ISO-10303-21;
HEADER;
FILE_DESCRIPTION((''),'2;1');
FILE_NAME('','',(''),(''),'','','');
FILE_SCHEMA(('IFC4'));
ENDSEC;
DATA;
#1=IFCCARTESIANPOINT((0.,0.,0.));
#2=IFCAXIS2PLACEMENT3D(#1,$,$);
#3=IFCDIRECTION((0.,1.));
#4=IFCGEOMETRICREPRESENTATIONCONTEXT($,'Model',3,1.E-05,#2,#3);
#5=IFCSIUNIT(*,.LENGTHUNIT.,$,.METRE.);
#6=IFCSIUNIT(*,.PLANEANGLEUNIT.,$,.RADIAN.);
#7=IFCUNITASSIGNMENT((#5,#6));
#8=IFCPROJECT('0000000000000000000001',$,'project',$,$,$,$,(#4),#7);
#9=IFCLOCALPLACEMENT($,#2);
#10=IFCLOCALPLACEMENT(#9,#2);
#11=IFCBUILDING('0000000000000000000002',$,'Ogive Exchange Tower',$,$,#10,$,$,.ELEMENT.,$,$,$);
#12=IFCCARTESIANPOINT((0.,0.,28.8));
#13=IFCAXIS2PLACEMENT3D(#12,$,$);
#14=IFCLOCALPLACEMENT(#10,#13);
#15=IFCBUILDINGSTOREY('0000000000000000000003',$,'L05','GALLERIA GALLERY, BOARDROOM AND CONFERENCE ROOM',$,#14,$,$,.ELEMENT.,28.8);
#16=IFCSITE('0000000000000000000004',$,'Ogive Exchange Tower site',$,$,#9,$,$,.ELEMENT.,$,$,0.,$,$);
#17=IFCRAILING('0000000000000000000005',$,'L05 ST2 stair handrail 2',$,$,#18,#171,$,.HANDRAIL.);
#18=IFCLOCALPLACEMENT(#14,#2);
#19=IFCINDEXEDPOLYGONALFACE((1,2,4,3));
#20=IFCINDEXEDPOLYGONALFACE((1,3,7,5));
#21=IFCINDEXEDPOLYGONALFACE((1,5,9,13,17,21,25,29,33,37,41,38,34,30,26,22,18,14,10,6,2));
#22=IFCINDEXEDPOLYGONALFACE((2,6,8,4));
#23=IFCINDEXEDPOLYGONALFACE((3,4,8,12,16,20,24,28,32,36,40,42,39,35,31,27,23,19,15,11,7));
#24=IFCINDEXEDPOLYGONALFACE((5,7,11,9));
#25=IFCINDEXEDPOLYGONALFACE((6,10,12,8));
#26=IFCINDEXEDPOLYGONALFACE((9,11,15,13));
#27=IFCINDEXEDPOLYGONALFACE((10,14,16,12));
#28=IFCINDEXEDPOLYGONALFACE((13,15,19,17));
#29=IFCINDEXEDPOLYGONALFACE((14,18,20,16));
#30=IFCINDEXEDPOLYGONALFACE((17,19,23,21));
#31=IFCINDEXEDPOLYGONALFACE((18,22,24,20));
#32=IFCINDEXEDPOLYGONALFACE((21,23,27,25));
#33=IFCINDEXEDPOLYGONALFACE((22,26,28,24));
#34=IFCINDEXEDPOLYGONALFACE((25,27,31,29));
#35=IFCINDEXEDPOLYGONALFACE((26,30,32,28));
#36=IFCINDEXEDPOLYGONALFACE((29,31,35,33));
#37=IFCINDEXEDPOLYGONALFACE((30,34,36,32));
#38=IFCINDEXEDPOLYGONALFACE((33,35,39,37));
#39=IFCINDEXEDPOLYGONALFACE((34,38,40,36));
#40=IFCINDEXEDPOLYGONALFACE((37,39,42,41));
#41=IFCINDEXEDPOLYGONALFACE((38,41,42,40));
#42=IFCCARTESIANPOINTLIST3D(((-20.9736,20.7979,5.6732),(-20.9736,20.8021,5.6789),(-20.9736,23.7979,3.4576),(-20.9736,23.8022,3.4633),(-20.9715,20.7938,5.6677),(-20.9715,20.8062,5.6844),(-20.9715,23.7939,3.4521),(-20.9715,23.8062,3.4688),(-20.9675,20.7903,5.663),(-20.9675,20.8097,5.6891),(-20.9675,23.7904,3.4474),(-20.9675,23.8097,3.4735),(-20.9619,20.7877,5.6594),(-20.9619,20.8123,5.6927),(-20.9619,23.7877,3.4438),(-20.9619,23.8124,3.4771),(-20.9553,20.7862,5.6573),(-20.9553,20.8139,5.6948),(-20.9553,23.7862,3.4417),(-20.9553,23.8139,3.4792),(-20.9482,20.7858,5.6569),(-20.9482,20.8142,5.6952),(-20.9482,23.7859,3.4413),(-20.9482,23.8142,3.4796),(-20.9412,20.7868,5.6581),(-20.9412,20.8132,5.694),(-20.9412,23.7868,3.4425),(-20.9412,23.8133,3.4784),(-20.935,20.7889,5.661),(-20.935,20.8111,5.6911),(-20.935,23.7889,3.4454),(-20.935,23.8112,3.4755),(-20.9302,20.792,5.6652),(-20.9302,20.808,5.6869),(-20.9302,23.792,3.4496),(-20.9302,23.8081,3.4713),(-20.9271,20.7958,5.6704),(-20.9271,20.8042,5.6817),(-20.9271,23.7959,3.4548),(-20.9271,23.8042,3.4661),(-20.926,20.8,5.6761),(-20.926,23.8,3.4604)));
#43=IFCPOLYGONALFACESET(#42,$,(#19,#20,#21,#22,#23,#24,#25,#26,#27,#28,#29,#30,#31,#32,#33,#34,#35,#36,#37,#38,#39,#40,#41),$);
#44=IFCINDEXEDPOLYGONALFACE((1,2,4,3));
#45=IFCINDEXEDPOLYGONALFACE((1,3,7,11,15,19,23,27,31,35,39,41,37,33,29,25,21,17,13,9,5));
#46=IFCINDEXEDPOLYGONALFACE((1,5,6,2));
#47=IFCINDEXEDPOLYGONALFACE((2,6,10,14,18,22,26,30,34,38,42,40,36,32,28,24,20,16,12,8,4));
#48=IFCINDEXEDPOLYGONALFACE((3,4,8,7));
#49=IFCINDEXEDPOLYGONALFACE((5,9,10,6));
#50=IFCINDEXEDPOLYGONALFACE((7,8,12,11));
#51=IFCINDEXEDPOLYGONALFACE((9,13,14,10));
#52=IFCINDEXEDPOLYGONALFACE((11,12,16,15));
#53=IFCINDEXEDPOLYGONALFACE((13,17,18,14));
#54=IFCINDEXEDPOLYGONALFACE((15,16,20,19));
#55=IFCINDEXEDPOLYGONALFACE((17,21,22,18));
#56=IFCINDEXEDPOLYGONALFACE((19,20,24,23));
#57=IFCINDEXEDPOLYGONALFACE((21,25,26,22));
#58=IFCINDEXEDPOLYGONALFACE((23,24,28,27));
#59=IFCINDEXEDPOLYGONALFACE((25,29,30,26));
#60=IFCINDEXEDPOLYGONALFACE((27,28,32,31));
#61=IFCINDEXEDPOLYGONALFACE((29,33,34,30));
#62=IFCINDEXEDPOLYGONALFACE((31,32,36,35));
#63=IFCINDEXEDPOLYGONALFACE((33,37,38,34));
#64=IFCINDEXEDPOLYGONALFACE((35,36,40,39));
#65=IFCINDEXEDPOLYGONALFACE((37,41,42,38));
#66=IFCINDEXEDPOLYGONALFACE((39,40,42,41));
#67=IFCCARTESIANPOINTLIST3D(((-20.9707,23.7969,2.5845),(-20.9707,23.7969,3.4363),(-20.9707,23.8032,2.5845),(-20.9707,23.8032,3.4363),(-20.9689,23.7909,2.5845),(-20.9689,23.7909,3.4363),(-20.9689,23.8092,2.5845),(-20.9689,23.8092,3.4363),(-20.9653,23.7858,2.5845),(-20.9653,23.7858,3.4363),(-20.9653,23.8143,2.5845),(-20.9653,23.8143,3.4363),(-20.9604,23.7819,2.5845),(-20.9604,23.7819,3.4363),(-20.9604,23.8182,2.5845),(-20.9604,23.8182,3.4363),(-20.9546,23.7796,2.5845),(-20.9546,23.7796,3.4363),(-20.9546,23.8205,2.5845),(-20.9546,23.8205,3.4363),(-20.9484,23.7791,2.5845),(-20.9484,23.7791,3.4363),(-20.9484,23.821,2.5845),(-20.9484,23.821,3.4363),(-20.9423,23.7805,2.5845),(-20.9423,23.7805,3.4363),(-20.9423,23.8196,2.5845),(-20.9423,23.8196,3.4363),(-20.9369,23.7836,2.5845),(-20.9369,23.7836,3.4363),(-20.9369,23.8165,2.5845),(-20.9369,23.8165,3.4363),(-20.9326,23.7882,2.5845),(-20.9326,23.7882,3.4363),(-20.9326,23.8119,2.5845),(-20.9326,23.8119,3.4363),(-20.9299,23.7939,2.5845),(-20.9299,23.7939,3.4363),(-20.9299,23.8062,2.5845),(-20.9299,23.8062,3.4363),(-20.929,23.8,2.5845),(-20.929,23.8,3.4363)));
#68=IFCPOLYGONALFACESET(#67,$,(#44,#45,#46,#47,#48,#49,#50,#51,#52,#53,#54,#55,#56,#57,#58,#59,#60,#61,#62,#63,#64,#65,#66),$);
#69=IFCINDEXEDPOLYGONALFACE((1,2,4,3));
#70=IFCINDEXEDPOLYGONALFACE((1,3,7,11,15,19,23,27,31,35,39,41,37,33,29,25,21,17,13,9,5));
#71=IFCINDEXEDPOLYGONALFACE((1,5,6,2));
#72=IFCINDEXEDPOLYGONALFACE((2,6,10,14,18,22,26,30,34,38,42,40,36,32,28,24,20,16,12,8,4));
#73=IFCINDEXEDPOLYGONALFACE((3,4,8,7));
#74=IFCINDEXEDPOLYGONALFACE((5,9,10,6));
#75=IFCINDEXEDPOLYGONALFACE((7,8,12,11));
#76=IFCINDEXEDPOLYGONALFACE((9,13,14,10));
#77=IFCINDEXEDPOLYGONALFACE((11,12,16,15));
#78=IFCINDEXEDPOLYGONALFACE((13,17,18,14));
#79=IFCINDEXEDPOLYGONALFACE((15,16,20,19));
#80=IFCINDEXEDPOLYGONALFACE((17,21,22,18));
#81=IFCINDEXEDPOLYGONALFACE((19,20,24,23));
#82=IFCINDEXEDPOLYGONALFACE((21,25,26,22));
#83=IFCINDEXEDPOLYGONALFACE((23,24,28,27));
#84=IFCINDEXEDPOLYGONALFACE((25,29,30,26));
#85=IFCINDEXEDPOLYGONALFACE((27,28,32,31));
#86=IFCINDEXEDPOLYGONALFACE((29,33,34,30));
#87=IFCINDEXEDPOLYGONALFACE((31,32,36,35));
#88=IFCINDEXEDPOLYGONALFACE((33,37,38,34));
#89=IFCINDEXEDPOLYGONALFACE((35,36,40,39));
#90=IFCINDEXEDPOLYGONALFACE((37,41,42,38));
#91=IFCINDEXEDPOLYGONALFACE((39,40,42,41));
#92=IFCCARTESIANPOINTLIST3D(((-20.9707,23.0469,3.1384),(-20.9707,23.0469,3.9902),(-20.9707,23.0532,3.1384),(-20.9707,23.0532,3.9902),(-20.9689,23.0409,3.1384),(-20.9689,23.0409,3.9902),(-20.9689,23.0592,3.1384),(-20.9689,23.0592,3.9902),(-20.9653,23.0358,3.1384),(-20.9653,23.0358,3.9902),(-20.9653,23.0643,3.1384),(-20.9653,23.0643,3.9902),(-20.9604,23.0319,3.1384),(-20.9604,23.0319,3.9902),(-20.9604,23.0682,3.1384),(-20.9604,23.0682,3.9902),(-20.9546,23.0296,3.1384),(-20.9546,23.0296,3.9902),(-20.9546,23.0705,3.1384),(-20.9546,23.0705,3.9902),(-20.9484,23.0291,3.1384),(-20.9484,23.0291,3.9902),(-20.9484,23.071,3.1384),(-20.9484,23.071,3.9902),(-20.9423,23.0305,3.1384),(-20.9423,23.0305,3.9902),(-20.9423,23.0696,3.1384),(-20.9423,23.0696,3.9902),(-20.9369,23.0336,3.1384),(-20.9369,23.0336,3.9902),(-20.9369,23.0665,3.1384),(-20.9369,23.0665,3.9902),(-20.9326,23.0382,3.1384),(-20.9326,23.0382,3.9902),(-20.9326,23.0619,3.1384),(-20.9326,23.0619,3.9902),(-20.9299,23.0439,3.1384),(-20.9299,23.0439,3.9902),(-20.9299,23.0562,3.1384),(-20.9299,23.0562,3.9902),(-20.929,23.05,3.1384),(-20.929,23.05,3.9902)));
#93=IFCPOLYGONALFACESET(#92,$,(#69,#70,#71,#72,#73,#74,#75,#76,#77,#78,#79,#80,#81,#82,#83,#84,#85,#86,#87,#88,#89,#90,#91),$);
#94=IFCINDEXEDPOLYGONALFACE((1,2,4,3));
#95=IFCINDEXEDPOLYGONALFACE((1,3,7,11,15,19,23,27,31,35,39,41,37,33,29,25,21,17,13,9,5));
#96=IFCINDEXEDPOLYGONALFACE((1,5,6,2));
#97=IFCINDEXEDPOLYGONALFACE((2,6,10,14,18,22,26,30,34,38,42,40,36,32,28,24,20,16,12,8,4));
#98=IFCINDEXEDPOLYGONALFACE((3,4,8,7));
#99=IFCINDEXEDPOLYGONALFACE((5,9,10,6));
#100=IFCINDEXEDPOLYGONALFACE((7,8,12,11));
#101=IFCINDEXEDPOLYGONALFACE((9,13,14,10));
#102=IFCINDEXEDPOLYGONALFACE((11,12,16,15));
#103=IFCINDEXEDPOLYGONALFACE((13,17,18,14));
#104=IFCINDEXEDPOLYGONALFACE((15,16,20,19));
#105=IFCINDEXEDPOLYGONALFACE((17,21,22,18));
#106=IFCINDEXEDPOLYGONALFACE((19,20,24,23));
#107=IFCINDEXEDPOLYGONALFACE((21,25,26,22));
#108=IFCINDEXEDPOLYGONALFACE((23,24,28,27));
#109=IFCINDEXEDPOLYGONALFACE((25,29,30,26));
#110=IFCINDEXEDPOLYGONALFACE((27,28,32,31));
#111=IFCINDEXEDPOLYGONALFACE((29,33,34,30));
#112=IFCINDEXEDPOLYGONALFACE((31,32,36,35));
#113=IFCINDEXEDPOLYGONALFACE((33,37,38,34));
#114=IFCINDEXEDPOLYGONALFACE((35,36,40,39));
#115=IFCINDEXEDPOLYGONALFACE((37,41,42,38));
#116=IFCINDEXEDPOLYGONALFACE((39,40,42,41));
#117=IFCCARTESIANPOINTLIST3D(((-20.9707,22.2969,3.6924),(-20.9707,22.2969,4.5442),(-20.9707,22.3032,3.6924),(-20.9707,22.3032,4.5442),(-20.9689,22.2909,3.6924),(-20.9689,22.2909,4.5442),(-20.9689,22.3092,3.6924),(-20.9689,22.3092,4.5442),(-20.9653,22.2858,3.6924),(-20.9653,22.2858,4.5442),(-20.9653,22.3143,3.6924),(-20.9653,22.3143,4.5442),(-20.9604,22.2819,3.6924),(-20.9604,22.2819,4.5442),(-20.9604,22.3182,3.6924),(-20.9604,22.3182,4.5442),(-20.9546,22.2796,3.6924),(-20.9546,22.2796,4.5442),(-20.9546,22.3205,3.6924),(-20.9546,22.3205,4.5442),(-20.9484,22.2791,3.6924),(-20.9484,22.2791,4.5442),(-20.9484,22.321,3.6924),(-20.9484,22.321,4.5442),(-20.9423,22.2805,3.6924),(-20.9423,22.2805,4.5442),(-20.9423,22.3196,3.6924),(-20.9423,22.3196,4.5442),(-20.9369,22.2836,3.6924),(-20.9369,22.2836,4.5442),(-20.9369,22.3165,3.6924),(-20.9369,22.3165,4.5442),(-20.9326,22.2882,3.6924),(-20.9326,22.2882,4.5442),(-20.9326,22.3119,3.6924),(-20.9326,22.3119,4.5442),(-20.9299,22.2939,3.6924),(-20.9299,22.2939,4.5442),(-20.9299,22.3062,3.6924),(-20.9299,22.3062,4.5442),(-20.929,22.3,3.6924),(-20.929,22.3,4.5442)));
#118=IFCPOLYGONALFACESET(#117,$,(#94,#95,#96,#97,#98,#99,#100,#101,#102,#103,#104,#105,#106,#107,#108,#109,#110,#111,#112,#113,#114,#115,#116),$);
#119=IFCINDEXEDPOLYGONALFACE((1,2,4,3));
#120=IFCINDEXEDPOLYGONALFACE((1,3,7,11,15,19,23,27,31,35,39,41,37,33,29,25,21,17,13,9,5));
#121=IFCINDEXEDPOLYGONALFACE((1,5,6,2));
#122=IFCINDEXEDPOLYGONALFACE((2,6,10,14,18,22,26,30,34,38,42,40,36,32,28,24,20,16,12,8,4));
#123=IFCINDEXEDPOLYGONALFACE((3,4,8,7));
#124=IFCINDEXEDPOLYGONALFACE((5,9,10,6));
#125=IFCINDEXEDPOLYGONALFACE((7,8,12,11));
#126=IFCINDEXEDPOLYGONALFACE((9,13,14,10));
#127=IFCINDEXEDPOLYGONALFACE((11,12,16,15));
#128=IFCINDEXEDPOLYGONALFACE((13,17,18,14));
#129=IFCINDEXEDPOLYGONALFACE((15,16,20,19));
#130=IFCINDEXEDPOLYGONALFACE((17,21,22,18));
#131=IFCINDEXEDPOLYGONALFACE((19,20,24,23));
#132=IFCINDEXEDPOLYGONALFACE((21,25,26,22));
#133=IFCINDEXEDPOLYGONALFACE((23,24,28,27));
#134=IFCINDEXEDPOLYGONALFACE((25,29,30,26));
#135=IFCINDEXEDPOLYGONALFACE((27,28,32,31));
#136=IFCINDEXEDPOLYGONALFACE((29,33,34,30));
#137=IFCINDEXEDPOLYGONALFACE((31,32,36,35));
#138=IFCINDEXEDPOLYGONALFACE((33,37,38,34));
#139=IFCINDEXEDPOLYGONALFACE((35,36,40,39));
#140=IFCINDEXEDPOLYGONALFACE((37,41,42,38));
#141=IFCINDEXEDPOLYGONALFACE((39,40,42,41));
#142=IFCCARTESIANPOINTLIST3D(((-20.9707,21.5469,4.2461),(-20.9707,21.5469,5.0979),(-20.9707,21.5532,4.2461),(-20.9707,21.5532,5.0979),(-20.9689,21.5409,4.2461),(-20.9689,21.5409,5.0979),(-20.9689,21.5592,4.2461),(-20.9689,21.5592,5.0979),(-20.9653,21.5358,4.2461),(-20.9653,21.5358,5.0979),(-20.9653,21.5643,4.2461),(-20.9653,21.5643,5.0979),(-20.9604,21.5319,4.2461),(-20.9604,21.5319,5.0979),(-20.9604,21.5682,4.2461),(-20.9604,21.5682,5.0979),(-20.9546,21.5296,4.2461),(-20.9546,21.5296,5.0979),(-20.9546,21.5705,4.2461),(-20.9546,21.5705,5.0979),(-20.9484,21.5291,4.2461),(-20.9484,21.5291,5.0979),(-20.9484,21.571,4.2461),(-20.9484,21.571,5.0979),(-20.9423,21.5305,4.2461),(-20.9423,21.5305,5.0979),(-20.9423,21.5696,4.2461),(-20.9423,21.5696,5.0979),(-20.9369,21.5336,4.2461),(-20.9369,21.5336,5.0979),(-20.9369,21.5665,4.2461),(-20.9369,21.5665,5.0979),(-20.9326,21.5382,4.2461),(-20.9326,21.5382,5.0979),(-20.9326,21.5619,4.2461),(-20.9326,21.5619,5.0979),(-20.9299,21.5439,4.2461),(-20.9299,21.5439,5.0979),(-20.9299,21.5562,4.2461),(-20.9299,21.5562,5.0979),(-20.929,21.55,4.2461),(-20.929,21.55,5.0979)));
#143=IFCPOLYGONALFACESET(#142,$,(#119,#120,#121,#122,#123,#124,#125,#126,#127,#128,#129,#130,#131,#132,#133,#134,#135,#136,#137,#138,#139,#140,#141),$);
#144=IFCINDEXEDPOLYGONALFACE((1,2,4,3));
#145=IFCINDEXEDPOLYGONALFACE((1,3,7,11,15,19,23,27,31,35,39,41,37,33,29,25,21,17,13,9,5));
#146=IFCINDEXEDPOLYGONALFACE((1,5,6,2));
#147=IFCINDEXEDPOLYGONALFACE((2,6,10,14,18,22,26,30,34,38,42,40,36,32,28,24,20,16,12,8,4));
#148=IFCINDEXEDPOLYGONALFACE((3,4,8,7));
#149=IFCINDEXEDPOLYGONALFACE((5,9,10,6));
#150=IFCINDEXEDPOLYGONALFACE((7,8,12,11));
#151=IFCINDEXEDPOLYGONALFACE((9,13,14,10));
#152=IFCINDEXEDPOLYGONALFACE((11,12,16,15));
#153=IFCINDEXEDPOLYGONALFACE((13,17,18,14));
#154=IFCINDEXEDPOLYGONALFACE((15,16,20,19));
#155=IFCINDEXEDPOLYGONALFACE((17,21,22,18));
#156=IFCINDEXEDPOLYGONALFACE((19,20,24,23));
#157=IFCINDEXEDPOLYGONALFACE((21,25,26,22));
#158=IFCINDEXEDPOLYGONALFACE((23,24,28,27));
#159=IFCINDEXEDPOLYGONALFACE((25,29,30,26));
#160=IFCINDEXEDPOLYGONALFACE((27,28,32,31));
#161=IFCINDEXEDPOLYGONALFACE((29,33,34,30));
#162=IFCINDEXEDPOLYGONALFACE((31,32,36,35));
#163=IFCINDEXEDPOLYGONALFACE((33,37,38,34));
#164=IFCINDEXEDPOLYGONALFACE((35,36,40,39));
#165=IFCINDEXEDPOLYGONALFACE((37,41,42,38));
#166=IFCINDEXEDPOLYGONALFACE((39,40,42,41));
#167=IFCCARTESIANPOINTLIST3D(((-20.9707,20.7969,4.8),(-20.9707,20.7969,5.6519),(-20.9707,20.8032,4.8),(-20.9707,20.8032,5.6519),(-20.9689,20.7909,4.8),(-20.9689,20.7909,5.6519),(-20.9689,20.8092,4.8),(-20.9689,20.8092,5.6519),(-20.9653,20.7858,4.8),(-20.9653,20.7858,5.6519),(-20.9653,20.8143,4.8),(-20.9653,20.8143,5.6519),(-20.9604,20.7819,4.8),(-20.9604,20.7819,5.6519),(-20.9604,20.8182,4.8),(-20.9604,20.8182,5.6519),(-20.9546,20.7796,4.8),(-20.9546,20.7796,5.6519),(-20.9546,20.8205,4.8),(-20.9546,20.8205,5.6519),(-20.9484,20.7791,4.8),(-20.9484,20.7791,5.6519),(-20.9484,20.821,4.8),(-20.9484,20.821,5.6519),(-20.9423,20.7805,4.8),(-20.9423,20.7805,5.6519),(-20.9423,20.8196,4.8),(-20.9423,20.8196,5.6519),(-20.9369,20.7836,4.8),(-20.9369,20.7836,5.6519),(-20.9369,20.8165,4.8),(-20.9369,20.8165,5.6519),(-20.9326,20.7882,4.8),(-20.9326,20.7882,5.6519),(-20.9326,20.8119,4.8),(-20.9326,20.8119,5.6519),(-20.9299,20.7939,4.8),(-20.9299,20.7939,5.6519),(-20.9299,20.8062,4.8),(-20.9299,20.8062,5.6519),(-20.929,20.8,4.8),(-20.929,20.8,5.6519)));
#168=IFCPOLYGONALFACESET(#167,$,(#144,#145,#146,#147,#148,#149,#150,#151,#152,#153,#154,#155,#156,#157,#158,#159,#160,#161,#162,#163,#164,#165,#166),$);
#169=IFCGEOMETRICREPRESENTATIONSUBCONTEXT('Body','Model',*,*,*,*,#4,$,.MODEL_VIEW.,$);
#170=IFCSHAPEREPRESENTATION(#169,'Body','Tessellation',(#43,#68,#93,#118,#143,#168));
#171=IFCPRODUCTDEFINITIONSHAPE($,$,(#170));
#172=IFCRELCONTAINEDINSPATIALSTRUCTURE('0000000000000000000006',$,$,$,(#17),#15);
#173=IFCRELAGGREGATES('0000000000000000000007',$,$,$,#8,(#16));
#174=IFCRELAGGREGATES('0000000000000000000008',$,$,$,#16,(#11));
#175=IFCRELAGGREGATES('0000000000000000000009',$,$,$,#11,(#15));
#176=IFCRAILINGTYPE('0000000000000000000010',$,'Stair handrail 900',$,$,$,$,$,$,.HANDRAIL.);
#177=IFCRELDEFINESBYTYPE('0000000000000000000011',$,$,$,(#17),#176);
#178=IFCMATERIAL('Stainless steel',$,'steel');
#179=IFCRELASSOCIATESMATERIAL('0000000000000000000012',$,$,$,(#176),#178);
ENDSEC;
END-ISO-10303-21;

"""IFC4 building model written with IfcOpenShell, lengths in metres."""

from ifc_helpers import new_model, si_unit, direction, frame, origin, origin_2d, place, context, subcontext, project, spatial, circle, extrude, material, type_object, element, save


model = new_model("IFC4")

# Units and contexts
model_context = context("Model", 3, precision=1e-05, world=origin(), true_north=direction((0.0, 1.0)))
body_context = subcontext(model_context, "Body", "Model", "MODEL_VIEW")
ifc_project = project(units=[si_unit("LENGTHUNIT", "METRE"), si_unit("PLANEANGLEUNIT", "RADIAN")], contexts=[model_context])

# Site, building, storey
site_placement = place(None, origin())
site = spatial("IfcSite", under=ifc_project, at=site_placement, Name="Ogive Exchange Tower site", CompositionType="ELEMENT", RefElevation=0.0)
building_placement = place(site_placement, origin())
building = spatial("IfcBuilding", under=site, at=building_placement, Name="Ogive Exchange Tower", CompositionType="ELEMENT")
storey_placement = place(building_placement, frame((0.0, 0.0, 28.8)))
storey = spatial("IfcBuildingStorey", under=building, at=storey_placement, Name="L05", Description="GALLERIA GALLERY, BOARDROOM AND CONFERENCE ROOM", CompositionType="ELEMENT", Elevation=28.8)

# Railing
ifc_material_1 = material(Name="Stainless steel", Category="steel")
railing_type = type_object("IfcRailingType", Name="Stair handrail 900", PredefinedType="HANDRAIL", material=ifc_material_1)
railing_placement = place(storey_placement, frame((-20.95, 23.8, 2.5845)))
element("IfcRailing", 1, at=railing_placement, inside=storey, type_object=railing_type, Name="L05 ST2 stair handrail 2", PredefinedType="HANDRAIL", context=body_context, shape_type="SweptSolid", body=[
    extrude(circle(Radius=0.0239, at=origin_2d()), frame((0.0, 0.0, 0.876), z_axis=(0.0, -0.804409, 0.594076), x_axis=(1.0, 0.0, 0.0)), (0.0, 0.0, 1.0), 3.7295),
    extrude(circle(Radius=0.021, at=origin_2d()), origin(), (0.0, 0.0, 1.0), 0.8518),
    extrude(circle(Radius=0.021, at=origin_2d()), frame((0.0, -0.75, 0.554)), (0.0, 0.0, 1.0), 0.8518),
    extrude(circle(Radius=0.021, at=origin_2d()), frame((0.0, -1.5, 1.1079)), (0.0, 0.0, 1.0), 0.8518),
    extrude(circle(Radius=0.021, at=origin_2d()), frame((0.0, -2.25, 1.6616)), (0.0, 0.0, 1.0), 0.8518),
    extrude(circle(Radius=0.021, at=origin_2d()), frame((0.0, -3.0, 2.2156)), (0.0, 0.0, 1.0), 0.8518),
])

save(model, "model.ifc")
